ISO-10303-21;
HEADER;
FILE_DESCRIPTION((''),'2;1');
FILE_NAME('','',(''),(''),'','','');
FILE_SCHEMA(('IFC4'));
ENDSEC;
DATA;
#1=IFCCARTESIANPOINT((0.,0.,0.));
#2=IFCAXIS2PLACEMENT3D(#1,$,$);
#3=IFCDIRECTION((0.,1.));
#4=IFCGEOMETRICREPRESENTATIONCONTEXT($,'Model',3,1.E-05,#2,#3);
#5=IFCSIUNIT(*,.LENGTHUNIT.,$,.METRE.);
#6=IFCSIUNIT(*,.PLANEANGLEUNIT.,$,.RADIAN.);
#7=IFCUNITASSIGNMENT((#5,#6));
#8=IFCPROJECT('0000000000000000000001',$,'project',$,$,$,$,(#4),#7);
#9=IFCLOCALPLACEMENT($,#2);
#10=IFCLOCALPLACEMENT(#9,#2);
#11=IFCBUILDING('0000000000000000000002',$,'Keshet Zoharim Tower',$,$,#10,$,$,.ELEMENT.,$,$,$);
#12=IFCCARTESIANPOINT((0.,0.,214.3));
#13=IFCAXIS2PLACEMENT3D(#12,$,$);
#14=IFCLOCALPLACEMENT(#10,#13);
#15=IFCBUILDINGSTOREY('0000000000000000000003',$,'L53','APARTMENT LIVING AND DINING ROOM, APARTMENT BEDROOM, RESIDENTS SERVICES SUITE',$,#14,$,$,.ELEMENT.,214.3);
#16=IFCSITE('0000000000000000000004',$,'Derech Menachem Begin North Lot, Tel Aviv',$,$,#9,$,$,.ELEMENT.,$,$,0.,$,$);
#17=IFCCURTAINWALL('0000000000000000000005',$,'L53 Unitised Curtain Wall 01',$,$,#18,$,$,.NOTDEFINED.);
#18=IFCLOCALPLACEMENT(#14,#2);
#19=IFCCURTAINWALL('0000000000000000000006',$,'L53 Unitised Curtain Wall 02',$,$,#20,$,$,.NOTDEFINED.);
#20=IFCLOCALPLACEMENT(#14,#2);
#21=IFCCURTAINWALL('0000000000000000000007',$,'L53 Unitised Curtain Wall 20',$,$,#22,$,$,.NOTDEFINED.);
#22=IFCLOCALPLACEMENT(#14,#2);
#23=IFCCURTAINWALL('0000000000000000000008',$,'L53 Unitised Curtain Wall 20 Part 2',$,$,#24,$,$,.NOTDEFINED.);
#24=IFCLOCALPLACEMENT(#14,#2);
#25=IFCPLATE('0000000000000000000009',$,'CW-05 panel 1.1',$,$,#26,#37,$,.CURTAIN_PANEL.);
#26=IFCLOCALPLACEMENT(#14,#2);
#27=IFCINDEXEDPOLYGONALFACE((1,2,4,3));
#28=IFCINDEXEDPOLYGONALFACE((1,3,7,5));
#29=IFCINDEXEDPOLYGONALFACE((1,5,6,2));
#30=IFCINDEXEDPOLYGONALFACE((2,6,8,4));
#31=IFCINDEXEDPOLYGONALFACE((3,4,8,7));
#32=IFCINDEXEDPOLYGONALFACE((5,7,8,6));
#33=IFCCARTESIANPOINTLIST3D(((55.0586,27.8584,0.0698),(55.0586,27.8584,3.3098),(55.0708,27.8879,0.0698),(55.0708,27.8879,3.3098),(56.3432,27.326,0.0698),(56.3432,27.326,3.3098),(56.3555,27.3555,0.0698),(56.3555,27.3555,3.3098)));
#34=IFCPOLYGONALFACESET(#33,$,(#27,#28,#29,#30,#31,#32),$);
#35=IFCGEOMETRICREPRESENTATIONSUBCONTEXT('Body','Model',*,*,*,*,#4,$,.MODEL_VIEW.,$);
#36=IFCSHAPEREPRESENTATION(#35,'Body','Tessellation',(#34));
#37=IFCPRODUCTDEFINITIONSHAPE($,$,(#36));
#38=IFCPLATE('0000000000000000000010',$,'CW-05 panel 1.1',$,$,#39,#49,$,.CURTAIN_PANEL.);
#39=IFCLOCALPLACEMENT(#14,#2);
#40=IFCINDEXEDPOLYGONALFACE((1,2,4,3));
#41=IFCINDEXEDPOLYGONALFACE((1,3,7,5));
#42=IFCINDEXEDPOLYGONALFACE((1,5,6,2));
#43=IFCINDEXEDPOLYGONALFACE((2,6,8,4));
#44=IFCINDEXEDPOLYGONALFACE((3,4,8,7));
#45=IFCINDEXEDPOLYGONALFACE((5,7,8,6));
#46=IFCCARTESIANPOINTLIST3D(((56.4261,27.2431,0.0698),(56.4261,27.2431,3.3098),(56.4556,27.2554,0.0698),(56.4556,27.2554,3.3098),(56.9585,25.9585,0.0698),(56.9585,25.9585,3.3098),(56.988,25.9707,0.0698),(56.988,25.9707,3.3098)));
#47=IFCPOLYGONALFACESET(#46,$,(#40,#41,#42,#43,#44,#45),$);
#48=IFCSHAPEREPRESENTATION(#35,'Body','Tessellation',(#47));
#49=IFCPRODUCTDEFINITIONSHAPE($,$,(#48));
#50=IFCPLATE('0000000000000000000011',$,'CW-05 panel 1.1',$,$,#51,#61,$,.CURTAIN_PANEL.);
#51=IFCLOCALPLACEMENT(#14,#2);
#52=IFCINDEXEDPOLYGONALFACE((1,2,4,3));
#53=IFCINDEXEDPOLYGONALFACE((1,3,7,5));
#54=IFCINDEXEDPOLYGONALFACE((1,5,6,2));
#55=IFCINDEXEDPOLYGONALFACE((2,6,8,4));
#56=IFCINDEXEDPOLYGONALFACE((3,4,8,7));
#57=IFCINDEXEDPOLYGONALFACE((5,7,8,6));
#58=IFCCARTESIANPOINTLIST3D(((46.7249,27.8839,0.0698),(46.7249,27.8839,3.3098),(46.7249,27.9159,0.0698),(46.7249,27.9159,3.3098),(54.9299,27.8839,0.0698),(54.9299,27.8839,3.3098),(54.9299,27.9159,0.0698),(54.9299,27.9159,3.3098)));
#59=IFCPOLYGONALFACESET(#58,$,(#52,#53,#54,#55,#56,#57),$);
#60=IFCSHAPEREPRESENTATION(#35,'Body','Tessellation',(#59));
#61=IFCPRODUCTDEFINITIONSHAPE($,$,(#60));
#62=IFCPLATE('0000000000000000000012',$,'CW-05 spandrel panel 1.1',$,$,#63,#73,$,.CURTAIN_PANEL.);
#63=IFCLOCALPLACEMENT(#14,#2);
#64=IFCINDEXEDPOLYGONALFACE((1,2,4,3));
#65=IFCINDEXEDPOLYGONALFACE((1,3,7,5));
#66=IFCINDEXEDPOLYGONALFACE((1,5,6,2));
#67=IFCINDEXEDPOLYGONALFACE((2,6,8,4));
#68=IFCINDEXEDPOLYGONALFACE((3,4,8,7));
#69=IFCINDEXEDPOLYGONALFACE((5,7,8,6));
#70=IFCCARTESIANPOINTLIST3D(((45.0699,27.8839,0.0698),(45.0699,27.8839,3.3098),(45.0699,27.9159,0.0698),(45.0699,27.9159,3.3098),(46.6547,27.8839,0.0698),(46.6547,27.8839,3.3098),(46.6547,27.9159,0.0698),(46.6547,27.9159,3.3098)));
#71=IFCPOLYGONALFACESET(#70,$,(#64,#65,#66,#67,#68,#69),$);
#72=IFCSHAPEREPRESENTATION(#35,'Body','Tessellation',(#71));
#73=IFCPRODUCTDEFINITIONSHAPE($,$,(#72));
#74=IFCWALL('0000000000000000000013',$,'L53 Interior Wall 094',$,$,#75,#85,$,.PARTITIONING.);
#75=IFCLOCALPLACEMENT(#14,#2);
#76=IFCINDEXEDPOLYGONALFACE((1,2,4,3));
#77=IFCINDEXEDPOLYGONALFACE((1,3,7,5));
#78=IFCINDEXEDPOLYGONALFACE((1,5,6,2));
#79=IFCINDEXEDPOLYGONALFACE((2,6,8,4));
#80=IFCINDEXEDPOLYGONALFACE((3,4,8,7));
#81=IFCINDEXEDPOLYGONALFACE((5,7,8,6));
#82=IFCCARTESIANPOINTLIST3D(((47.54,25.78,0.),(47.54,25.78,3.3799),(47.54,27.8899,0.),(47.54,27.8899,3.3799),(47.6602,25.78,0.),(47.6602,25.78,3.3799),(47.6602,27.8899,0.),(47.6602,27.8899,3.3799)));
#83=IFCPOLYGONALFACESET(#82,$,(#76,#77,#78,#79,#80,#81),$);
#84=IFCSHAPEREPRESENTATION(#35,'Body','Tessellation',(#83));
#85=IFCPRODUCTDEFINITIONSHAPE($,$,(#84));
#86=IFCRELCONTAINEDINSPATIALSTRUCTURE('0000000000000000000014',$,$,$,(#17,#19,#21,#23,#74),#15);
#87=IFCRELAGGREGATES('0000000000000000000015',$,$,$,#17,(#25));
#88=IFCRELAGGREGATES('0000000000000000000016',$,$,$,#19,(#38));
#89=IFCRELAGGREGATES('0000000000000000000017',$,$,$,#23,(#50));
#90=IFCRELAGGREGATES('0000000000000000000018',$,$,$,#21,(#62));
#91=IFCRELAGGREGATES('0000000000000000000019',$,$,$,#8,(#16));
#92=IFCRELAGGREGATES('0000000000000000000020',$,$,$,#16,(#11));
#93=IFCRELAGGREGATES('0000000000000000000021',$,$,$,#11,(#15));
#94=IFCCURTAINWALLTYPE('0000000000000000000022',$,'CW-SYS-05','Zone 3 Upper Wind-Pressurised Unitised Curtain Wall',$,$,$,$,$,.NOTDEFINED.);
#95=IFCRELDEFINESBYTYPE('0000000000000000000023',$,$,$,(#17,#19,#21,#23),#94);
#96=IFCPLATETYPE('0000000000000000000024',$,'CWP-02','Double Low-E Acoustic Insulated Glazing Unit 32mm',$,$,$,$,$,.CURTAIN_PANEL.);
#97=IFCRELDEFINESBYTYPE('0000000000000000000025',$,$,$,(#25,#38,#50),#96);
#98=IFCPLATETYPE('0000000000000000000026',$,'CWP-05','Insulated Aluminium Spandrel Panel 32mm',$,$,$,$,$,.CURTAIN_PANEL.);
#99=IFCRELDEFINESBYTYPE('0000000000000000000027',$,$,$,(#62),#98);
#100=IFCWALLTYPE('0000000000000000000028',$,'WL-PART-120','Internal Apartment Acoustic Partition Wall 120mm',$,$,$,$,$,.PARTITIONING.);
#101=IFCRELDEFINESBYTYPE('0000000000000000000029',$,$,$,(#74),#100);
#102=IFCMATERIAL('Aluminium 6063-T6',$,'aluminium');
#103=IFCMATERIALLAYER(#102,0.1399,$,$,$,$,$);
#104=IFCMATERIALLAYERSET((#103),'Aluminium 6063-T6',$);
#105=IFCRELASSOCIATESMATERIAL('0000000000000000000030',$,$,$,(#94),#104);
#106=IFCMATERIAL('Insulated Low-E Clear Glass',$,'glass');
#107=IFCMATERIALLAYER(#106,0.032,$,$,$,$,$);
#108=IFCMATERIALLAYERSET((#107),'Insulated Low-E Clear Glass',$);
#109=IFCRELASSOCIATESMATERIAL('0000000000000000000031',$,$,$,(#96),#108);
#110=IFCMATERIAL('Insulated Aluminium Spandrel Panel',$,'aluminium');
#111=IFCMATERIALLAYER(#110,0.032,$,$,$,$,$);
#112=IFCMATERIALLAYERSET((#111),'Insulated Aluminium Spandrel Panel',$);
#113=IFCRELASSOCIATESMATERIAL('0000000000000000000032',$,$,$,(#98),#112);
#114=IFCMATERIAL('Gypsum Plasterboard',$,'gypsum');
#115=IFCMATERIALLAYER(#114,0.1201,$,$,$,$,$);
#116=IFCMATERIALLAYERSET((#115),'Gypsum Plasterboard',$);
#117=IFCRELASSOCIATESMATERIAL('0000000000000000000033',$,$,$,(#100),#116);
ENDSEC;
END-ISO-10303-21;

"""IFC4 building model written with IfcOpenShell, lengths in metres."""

from ifc_helpers import new_model, si_unit, direction, frame, frame_2d, origin, origin_2d, place, context, subcontext, project, spatial, rectangle, extrude, material, layer, layer_set, type_object, element, aggregate, save


model = new_model("IFC4")

# Units and contexts
model_context = context("Model", 3, precision=1e-05, world=origin(), true_north=direction((0.0, 1.0)))
body_context = subcontext(model_context, "Body", "Model", "MODEL_VIEW")
ifc_project = project(units=[si_unit("LENGTHUNIT", "METRE"), si_unit("PLANEANGLEUNIT", "RADIAN")], contexts=[model_context])

# Site, building, storey
site_placement = place(None, origin())
site = spatial("IfcSite", under=ifc_project, at=site_placement, Name="Derech Menachem Begin North Lot, Tel Aviv", CompositionType="ELEMENT", RefElevation=0.0)
building_placement = place(site_placement, origin())
building = spatial("IfcBuilding", under=site, at=building_placement, Name="Keshet Zoharim Tower", CompositionType="ELEMENT")
storey_placement = place(building_placement, frame((0.0, 0.0, 214.3)))
storey = spatial("IfcBuildingStorey", under=building, at=storey_placement, Name="L53", Description="APARTMENT LIVING AND DINING ROOM, APARTMENT BEDROOM, RESIDENTS SERVICES SUITE", CompositionType="ELEMENT", Elevation=214.3)

# Curtain walls
ifc_material_1 = material(Name="Aluminium 6063-T6", Category="aluminium")
ifc_layer_1 = layer(ifc_material_1, 0.1399)
ifc_layer_set_1 = layer_set([ifc_layer_1], Name="Aluminium 6063-T6")
curtain_wall_type = type_object("IfcCurtainWallType", Name="CW-SYS-05", Description="Zone 3 Upper Wind-Pressurised Unitised Curtain Wall", PredefinedType="NOTDEFINED", material=ifc_layer_set_1)
curtain_wall_1_placement = place(storey_placement, origin())
curtain_wall_1 = element("IfcCurtainWall", 1, at=curtain_wall_1_placement, inside=storey, type_object=curtain_wall_type, Name="L53 Unitised Curtain Wall 01", PredefinedType="NOTDEFINED")
curtain_wall_2_placement = place(storey_placement, origin())
curtain_wall_2 = element("IfcCurtainWall", 2, at=curtain_wall_2_placement, inside=storey, type_object=curtain_wall_type, Name="L53 Unitised Curtain Wall 02", PredefinedType="NOTDEFINED")

# Curtain wall
curtain_wall_3_placement = place(storey_placement, origin())
curtain_wall_3 = element("IfcCurtainWall", 3, at=curtain_wall_3_placement, inside=storey, type_object=curtain_wall_type, Name="L53 Unitised Curtain Wall 20", PredefinedType="NOTDEFINED")

# Curtain wall
curtain_wall_4_placement = place(storey_placement, origin())
curtain_wall_4 = element("IfcCurtainWall", 4, at=curtain_wall_4_placement, inside=storey, type_object=curtain_wall_type, Name="L53 Unitised Curtain Wall 20 Part 2", PredefinedType="NOTDEFINED")

# Plates
ifc_material_2 = material(Name="Insulated Low-E Clear Glass", Category="glass")
ifc_layer_2 = layer(ifc_material_2, 0.032)
ifc_layer_set_2 = layer_set([ifc_layer_2], Name="Insulated Low-E Clear Glass")
plate_type_1 = type_object("IfcPlateType", Name="CWP-02", Description="Double Low-E Acoustic Insulated Glazing Unit 32mm", PredefinedType="CURTAIN_PANEL", material=ifc_layer_set_2)
plate_1_placement = place(storey_placement, frame((55.707, 27.6069, 0.0698), z_axis=(0.0, 0.0, 1.0), x_axis=(0.92381, -0.382852, 0.0)))
plate_1 = element("IfcPlate", 5, at=plate_1_placement, type_object=plate_type_1, Name="CW-05 panel 1.1", PredefinedType="CURTAIN_PANEL", context=body_context, shape_type="SweptSolid", body=[
    extrude(rectangle(XDim=1.3906, YDim=0.032, at=origin_2d()), origin(), (0.0, 0.0, 1.0), 3.24),
])
aggregate(curtain_wall_1, [plate_1])
plate_2_placement = place(storey_placement, frame((56.707, 26.6069, 0.0698), z_axis=(0.0, 0.0, 1.0), x_axis=(0.382852, -0.92381, 0.0)))
plate_2 = element("IfcPlate", 6, at=plate_2_placement, type_object=plate_type_1, Name="CW-05 panel 1.1", PredefinedType="CURTAIN_PANEL", context=body_context, shape_type="SweptSolid", body=[
    extrude(rectangle(XDim=1.3906, YDim=0.032, at=origin_2d()), origin(), (0.0, 0.0, 1.0), 3.24),
])
aggregate(curtain_wall_2, [plate_2])
plate_3_placement = place(storey_placement, frame((50.8274, 27.8999, 0.0698), z_axis=(0.0, 0.0, 1.0), x_axis=(1.0, 0.0, 0.0)))
plate_3 = element("IfcPlate", 7, at=plate_3_placement, type_object=plate_type_1, Name="CW-05 panel 1.1", PredefinedType="CURTAIN_PANEL", context=body_context, shape_type="SweptSolid", body=[
    extrude(rectangle(XDim=8.2051, YDim=0.032, at=origin_2d()), origin(), (0.0, 0.0, 1.0), 3.24),
])
aggregate(curtain_wall_4, [plate_3])
ifc_material_3 = material(Name="Insulated Aluminium Spandrel Panel", Category="aluminium")
ifc_layer_3 = layer(ifc_material_3, 0.032)
ifc_layer_set_3 = layer_set([ifc_layer_3], Name="Insulated Aluminium Spandrel Panel")
plate_type_2 = type_object("IfcPlateType", Name="CWP-05", Description="Insulated Aluminium Spandrel Panel 32mm", PredefinedType="CURTAIN_PANEL", material=ifc_layer_set_3)
plate_4_placement = place(storey_placement, frame((45.8623, 27.8999, 0.0698), z_axis=(0.0, 0.0, 1.0), x_axis=(1.0, 0.0, 0.0)))
plate_4 = element("IfcPlate", 8, at=plate_4_placement, type_object=plate_type_2, Name="CW-05 spandrel panel 1.1", PredefinedType="CURTAIN_PANEL", context=body_context, shape_type="SweptSolid", body=[
    extrude(rectangle(XDim=1.5847, YDim=0.032, at=origin_2d()), origin(), (0.0, 0.0, 1.0), 3.24),
])
aggregate(curtain_wall_3, [plate_4])

# Wall
ifc_material_4 = material(Name="Gypsum Plasterboard", Category="gypsum")
ifc_layer_4 = layer(ifc_material_4, 0.1201)
ifc_layer_set_4 = layer_set([ifc_layer_4], Name="Gypsum Plasterboard")
wall_type = type_object("IfcWallType", Name="WL-PART-120", Description="Internal Apartment Acoustic Partition Wall 120mm", PredefinedType="PARTITIONING", material=ifc_layer_set_4)
wall_placement = place(storey_placement, frame((47.6001, 25.78, 0.0), z_axis=(0.0, 0.0, 1.0), x_axis=(0.0, 1.0, 0.0)))
element("IfcWall", 9, at=wall_placement, inside=storey, type_object=wall_type, Name="L53 Interior Wall 094", PredefinedType="PARTITIONING", context=body_context, shape_type="SweptSolid", body=[
    extrude(rectangle(XDim=2.1099, YDim=0.1201, at=frame_2d((1.0549, 0.0))), origin(), (0.0, 0.0, 1.0), 3.3799),
])

save(model, "model.ifc")
